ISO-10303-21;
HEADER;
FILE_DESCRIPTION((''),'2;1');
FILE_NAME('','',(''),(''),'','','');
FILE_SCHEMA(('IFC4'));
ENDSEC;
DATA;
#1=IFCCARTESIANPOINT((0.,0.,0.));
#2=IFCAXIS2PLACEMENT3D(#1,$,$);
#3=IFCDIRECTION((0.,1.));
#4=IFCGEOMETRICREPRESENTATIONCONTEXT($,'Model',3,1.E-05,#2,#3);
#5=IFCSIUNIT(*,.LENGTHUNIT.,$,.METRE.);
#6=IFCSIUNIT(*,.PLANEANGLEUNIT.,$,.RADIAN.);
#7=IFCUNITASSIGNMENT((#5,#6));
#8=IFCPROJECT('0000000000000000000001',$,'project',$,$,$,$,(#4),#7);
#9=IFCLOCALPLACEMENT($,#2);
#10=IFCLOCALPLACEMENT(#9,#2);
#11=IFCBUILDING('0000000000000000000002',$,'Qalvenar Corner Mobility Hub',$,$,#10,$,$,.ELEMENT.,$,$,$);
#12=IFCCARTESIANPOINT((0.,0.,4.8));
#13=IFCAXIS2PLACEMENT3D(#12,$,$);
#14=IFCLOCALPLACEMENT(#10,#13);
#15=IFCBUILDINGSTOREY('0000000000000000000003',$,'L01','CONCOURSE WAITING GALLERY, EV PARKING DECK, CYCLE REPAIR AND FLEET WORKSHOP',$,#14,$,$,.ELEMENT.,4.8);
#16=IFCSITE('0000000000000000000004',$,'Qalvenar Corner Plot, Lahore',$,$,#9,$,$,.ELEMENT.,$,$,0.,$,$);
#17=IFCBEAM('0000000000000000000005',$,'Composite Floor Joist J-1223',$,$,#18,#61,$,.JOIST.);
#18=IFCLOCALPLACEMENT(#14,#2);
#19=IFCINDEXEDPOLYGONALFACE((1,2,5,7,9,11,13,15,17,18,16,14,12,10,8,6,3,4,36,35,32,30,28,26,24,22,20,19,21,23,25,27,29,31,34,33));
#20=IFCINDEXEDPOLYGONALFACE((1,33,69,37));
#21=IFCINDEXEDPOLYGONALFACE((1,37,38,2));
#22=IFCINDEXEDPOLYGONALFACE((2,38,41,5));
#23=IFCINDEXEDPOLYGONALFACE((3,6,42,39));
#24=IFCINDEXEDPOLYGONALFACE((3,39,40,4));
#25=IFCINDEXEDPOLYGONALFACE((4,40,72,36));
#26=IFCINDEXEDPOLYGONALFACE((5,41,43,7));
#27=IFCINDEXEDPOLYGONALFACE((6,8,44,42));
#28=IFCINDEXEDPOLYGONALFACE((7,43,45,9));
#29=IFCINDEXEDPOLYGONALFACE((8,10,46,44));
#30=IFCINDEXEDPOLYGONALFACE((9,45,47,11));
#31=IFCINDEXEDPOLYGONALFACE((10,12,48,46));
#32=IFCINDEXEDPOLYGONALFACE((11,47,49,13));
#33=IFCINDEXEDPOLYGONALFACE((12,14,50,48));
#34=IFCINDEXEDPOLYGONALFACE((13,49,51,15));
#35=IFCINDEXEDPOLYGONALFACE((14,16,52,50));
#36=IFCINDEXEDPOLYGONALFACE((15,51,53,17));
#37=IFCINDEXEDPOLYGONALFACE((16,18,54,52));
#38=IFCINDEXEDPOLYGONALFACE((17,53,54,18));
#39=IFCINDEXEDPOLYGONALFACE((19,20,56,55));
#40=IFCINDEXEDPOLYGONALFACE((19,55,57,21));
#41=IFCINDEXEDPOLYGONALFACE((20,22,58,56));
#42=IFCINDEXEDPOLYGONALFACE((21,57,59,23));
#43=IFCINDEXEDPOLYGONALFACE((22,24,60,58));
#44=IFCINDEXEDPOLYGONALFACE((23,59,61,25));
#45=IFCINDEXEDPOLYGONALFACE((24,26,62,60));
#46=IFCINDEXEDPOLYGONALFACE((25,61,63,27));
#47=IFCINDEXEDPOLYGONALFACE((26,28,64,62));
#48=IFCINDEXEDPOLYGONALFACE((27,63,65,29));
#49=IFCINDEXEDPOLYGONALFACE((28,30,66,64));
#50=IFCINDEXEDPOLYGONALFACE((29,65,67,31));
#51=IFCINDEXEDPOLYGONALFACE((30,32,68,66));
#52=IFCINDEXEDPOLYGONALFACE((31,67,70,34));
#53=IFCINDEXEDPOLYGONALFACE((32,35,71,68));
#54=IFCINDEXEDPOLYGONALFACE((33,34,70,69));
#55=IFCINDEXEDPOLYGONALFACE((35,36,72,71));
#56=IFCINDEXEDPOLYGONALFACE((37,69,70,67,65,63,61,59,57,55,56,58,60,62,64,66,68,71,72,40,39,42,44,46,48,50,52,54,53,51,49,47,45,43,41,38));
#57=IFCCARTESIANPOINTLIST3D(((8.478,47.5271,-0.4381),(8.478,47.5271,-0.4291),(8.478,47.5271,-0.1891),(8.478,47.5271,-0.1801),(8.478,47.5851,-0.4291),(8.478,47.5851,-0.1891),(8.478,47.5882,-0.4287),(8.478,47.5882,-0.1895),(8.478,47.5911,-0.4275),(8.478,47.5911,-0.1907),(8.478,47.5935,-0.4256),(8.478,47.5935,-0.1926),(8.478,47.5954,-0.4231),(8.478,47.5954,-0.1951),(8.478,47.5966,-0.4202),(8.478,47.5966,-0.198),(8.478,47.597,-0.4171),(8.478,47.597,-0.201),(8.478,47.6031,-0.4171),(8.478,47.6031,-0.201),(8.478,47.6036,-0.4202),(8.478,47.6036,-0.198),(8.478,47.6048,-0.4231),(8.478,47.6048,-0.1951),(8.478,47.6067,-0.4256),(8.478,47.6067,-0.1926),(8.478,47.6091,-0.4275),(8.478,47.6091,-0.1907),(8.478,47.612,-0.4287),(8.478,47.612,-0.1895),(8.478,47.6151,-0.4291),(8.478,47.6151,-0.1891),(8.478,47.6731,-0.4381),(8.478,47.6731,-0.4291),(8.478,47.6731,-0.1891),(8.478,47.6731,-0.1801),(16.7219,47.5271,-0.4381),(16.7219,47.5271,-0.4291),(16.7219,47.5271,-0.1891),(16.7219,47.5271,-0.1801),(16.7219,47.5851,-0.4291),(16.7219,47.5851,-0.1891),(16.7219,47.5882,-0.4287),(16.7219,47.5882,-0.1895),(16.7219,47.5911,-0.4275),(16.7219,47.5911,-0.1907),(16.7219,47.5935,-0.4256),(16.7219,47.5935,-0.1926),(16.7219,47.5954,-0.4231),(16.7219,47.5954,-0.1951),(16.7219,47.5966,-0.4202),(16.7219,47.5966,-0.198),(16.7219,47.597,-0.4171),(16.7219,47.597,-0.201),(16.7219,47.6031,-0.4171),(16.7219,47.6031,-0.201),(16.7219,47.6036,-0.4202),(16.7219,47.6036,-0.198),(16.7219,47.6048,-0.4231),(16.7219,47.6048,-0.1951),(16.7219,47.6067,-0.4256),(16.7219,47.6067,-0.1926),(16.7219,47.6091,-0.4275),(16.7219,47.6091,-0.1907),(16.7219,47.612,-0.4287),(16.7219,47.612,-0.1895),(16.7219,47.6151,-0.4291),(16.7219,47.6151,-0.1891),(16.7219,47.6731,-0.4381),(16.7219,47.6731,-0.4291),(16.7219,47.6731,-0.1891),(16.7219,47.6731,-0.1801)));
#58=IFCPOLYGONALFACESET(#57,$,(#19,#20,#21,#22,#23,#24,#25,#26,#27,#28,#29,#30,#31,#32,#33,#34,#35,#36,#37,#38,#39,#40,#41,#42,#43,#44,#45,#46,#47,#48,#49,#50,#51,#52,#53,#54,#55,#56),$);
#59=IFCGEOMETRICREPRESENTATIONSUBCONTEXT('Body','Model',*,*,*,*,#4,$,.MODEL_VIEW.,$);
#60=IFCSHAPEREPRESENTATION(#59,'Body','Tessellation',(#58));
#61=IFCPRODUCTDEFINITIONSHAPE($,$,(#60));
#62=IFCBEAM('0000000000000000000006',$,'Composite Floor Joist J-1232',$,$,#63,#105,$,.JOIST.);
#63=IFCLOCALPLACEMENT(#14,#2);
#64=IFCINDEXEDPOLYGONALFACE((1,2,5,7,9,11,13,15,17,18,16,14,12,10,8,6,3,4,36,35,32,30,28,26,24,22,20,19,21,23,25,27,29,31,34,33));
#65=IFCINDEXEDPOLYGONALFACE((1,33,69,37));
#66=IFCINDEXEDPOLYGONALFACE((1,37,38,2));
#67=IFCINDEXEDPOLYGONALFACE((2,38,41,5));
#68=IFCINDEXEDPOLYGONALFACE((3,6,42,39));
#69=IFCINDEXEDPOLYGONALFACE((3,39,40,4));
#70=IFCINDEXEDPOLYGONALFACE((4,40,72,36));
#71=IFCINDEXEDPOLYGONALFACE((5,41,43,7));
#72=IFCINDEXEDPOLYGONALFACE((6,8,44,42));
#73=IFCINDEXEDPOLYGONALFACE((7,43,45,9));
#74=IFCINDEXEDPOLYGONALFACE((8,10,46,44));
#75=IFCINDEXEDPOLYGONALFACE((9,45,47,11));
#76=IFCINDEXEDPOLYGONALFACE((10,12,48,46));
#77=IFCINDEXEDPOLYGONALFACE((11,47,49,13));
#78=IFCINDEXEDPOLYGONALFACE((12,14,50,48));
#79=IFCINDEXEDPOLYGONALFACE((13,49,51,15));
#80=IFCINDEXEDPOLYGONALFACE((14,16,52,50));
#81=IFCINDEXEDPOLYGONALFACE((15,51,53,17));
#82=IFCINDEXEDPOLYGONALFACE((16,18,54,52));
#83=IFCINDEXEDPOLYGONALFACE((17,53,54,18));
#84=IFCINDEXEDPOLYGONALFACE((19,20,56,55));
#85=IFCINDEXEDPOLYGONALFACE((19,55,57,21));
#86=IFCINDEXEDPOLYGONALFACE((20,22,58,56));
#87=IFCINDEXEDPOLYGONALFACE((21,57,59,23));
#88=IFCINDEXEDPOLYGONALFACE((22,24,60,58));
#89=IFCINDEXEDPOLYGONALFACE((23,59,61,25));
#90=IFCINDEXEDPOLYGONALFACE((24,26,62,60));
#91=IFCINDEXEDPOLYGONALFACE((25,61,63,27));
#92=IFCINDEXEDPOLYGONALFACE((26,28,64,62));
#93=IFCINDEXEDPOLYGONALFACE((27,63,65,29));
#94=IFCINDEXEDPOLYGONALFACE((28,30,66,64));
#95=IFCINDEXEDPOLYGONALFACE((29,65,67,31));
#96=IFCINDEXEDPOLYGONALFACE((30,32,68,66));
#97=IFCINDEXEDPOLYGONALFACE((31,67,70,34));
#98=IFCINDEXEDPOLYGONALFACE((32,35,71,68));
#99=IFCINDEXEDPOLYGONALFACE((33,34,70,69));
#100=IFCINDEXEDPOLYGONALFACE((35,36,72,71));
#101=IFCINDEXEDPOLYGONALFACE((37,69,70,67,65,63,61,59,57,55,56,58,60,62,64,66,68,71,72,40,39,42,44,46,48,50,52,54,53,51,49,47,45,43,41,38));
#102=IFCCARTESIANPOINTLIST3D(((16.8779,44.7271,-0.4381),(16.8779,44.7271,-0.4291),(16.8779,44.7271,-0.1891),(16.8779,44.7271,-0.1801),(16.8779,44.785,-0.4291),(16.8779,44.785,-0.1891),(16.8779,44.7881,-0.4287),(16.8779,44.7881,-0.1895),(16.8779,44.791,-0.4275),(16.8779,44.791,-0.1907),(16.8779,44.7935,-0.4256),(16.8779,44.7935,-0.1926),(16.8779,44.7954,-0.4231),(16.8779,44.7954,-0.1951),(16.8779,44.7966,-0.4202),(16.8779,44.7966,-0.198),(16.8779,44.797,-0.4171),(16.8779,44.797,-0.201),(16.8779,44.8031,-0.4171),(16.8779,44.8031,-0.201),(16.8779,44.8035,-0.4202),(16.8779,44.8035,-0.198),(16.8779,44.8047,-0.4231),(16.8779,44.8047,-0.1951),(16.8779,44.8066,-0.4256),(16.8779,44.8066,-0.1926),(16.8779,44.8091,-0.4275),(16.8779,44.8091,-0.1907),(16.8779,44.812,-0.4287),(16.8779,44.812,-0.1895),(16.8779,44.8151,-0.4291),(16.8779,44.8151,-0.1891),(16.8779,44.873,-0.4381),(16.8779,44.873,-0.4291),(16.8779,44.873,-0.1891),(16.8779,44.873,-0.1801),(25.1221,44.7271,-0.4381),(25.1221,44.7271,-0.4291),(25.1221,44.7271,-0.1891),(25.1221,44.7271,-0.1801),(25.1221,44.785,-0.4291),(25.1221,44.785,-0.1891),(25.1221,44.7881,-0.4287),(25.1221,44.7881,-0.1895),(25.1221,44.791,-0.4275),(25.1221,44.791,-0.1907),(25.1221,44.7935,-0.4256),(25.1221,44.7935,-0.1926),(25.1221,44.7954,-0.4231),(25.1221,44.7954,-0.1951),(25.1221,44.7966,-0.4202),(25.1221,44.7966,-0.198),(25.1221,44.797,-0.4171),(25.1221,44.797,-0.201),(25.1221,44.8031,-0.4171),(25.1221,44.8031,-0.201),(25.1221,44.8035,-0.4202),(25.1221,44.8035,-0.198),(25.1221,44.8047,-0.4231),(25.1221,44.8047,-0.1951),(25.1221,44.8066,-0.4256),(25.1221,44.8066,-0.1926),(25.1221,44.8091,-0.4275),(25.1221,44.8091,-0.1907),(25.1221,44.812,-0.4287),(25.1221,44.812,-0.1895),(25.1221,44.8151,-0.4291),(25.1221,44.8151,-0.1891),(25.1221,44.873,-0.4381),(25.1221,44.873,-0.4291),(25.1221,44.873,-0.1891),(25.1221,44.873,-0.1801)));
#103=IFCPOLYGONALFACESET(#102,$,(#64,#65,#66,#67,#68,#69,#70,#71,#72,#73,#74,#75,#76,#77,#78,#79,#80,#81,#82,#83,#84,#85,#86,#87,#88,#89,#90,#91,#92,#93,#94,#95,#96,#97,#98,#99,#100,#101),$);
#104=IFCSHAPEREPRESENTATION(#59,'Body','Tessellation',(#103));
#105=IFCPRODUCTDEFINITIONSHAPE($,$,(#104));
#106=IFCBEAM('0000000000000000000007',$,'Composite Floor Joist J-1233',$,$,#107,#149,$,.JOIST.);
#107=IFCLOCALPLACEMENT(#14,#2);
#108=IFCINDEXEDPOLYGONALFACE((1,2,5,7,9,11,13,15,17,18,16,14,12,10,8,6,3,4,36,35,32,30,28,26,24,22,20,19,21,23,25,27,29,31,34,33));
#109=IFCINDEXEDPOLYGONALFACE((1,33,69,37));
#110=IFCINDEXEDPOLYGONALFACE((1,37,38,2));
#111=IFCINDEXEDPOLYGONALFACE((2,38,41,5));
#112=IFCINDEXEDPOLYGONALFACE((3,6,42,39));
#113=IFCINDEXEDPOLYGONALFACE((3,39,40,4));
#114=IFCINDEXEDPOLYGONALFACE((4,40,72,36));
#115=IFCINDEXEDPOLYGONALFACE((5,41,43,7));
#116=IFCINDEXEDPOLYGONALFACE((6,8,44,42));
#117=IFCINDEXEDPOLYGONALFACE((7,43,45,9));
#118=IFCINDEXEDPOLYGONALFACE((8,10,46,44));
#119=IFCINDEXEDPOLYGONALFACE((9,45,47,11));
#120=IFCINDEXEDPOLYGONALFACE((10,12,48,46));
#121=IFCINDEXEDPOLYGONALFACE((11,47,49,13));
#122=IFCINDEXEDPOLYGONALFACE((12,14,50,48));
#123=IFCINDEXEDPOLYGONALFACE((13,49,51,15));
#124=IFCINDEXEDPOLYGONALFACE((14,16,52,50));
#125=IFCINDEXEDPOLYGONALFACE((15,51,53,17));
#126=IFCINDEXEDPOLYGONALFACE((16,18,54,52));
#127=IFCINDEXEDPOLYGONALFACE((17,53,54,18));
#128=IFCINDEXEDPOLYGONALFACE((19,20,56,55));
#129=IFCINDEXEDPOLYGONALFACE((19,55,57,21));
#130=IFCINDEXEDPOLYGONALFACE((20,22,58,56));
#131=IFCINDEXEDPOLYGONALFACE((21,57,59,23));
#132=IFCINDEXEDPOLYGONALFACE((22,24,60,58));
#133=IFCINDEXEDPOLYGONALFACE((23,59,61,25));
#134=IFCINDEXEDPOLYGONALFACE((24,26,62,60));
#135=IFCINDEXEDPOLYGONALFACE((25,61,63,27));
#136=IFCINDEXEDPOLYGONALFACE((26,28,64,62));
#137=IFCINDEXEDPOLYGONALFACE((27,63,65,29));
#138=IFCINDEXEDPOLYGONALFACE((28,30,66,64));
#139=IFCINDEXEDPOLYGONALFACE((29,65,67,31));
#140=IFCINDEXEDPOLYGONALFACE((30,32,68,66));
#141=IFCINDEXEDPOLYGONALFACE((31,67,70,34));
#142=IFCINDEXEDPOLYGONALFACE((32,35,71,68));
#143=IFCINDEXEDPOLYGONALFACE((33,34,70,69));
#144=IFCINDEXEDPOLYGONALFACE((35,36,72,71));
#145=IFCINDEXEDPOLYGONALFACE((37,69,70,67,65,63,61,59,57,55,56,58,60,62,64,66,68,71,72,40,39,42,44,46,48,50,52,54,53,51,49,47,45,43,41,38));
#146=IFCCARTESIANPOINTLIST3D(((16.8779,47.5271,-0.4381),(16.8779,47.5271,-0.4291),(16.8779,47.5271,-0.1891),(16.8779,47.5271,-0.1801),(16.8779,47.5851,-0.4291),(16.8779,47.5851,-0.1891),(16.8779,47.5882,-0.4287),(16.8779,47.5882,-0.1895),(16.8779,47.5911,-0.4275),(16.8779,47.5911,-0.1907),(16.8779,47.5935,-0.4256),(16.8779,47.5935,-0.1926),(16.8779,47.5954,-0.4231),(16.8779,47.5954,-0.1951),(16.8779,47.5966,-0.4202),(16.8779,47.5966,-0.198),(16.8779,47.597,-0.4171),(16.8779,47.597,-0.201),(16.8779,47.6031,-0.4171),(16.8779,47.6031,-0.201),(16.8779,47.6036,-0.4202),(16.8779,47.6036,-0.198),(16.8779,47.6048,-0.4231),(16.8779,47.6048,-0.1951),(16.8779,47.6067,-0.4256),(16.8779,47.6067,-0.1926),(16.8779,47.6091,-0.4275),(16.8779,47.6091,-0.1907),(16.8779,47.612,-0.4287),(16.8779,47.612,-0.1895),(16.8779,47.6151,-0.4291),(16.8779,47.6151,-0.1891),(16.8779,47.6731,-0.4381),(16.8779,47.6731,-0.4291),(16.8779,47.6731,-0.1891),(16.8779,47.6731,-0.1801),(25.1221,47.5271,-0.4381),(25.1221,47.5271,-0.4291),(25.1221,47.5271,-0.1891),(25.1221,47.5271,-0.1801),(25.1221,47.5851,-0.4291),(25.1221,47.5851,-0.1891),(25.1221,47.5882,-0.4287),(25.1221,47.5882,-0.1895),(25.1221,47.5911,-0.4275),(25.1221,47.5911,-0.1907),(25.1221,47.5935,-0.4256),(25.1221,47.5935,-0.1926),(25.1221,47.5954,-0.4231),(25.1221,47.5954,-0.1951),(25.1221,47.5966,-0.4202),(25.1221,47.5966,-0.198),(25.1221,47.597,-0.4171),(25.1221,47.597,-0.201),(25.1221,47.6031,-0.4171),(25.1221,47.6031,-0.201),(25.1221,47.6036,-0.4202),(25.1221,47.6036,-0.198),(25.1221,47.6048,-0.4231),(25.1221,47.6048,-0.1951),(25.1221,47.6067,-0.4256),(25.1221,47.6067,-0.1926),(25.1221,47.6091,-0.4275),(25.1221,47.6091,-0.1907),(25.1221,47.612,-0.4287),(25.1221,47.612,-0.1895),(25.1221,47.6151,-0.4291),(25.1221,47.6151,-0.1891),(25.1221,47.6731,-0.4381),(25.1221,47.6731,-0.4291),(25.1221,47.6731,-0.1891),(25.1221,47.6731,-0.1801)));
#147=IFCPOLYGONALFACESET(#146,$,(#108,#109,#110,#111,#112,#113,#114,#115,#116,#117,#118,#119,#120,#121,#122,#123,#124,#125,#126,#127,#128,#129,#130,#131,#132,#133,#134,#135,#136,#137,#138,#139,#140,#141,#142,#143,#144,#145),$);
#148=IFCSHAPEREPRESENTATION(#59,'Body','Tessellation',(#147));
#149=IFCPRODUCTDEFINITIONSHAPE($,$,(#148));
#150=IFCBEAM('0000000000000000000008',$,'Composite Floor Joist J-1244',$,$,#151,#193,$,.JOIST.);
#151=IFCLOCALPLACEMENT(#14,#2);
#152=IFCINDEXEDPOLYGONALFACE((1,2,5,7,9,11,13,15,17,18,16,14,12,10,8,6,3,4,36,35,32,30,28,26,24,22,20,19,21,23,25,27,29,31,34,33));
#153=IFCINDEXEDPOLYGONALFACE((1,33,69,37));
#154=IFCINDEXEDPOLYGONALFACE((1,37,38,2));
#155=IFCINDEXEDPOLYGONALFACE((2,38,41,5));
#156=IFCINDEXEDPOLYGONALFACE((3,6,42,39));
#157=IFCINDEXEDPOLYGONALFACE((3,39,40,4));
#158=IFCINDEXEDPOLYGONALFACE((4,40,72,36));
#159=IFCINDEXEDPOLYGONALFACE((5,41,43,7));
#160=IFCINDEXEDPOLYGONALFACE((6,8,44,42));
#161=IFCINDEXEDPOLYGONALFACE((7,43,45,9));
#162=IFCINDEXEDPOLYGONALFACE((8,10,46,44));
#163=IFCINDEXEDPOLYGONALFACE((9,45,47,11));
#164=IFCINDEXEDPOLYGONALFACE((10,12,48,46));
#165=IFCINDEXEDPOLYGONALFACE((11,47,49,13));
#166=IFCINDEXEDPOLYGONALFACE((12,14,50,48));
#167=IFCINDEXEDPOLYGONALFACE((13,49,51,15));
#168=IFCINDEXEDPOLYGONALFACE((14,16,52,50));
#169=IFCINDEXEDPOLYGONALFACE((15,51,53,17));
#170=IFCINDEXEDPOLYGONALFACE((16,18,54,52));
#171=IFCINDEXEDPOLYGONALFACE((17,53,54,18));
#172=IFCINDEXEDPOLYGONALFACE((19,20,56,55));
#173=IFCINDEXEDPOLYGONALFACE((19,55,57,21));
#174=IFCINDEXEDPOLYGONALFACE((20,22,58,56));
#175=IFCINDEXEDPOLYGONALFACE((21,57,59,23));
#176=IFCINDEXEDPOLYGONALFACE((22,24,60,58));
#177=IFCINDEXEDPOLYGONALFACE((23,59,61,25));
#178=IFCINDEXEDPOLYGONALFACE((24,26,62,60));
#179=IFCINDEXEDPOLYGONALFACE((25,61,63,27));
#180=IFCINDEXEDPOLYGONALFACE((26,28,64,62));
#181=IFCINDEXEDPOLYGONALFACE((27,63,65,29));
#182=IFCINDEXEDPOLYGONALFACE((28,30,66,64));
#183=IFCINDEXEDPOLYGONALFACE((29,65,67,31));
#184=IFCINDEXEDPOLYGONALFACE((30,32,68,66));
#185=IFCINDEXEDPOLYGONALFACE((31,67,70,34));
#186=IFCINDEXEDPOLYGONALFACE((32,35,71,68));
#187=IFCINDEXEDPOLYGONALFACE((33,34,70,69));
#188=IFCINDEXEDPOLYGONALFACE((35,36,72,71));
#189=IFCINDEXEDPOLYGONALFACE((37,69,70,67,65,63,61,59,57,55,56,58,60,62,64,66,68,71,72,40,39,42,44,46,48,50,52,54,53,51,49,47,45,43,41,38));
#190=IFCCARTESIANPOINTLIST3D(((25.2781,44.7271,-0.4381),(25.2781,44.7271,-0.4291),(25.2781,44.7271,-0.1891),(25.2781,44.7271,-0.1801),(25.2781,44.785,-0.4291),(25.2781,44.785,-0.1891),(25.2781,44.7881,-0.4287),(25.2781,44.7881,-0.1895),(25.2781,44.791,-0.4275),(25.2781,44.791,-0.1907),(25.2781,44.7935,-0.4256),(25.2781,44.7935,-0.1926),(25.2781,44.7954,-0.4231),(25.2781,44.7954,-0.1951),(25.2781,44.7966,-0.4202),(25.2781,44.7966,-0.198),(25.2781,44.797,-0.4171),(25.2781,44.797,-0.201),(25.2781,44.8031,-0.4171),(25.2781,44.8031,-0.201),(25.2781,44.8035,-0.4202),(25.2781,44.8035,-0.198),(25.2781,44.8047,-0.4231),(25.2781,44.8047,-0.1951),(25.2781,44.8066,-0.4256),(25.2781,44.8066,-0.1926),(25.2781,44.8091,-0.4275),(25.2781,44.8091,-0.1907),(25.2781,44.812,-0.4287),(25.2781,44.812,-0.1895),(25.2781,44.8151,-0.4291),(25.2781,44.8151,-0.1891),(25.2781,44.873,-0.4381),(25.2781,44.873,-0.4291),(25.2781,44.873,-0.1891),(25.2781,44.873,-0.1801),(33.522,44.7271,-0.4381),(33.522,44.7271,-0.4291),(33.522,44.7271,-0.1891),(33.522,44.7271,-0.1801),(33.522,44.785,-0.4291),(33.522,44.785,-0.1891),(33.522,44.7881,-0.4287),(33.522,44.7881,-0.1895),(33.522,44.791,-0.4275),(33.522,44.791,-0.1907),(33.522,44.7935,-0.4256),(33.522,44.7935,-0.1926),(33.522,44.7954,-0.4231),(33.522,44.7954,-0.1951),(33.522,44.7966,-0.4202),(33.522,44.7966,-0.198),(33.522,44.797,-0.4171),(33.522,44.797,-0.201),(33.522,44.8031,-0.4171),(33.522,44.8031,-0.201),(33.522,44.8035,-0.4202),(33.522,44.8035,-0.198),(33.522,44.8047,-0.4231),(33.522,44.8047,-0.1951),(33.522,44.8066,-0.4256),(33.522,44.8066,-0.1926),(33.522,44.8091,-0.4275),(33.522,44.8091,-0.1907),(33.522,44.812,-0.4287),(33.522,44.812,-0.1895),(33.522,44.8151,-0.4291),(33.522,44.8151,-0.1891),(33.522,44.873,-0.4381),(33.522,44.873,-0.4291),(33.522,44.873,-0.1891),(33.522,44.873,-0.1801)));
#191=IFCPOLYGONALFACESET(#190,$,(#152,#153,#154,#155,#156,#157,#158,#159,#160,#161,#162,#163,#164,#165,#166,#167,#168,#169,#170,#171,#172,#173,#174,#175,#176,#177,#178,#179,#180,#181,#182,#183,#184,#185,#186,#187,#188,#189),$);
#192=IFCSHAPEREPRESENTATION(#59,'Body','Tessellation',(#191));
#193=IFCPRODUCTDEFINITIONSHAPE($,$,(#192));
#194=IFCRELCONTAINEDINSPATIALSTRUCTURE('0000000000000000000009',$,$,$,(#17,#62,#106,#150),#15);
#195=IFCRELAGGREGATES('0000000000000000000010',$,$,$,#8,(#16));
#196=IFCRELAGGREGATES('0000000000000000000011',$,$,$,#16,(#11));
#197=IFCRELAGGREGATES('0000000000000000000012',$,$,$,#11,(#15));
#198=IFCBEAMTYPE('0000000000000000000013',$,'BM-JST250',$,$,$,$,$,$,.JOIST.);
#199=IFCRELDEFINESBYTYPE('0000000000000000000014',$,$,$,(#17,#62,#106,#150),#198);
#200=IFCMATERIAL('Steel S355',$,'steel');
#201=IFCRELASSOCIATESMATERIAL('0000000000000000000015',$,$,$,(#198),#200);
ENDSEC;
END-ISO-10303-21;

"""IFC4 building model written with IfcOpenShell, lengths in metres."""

from ifc_helpers import new_model, si_unit, direction, frame, origin, origin_2d, place, context, subcontext, project, spatial, i_section, extrude, material, material_profile, profile_set, type_object, element, save


model = new_model("IFC4")

# Units and contexts
model_context = context("Model", 3, precision=1e-05, world=origin(), true_north=direction((0.0, 1.0)))
body_context = subcontext(model_context, "Body", "Model", "MODEL_VIEW")
ifc_project = project(units=[si_unit("LENGTHUNIT", "METRE"), si_unit("PLANEANGLEUNIT", "RADIAN")], contexts=[model_context])

# Site, building, storey
site_placement = place(None, origin())
site = spatial("IfcSite", under=ifc_project, at=site_placement, Name="Qalvenar Corner Plot, Lahore", CompositionType="ELEMENT", RefElevation=0.0)
building_placement = place(site_placement, origin())
building = spatial("IfcBuilding", under=site, at=building_placement, Name="Qalvenar Corner Mobility Hub", CompositionType="ELEMENT")
storey_placement = place(building_placement, frame((0.0, 0.0, 4.8)))
storey = spatial("IfcBuildingStorey", under=building, at=storey_placement, Name="L01", Description="CONCOURSE WAITING GALLERY, EV PARKING DECK, CYCLE REPAIR AND FLEET WORKSHOP", CompositionType="ELEMENT", Elevation=4.8)

# Shared definitions
ifc_material_1 = material(Name="Steel S355", Category="steel")

# Beams
ifc_material_profile_1 = material_profile(ifc_material_1, i_section(OverallWidth=0.146, OverallDepth=0.2581, WebThickness=0.0061, FlangeThickness=0.009, FilletRadius=0.012, at=origin_2d()), Name="W250x32.7")
ifc_profile_set_1 = profile_set([ifc_material_profile_1], Name="Steel S355")
beam_type_1 = type_object("IfcBeamType", Name="BM-JST250", PredefinedType="JOIST", material=ifc_profile_set_1)
for number, where, z_axis, x_axis, name in (
    (1, (8.478, 47.6001, -0.3091), (1.0, 0.0, 0.0), (0.0, 1.0, 0.0), "Composite Floor Joist J-1223"),
):
    element("IfcBeam", number, at=place(storey_placement, frame(where, z_axis=z_axis, x_axis=x_axis)), inside=storey, type_object=beam_type_1, Name=name, PredefinedType="JOIST", context=body_context, shape_type="SweptSolid", body=[
        extrude(i_section(OverallWidth=0.146, OverallDepth=0.2581, WebThickness=0.0061, FlangeThickness=0.009, FilletRadius=0.012, at=origin_2d()), origin(), (0.0, 0.0, 1.0), 8.2439),
    ])
for number, where, z_axis, x_axis, name in (
    (2, (16.8779, 44.8, -0.3091), (1.0, 0.0, 0.0), (0.0, 1.0, 0.0), "Composite Floor Joist J-1232"),
    (3, (16.8779, 47.6001, -0.3091), (1.0, 0.0, 0.0), (0.0, 1.0, 0.0), "Composite Floor Joist J-1233"),
):
    element("IfcBeam", number, at=place(storey_placement, frame(where, z_axis=z_axis, x_axis=x_axis)), inside=storey, type_object=beam_type_1, Name=name, PredefinedType="JOIST", context=body_context, shape_type="SweptSolid", body=[
        extrude(i_section(OverallWidth=0.146, OverallDepth=0.2581, WebThickness=0.0061, FlangeThickness=0.009, FilletRadius=0.012, at=origin_2d()), origin(), (0.0, 0.0, 1.0), 8.2441),
    ])
for number, where, z_axis, x_axis, name in (
    (4, (25.2781, 44.8, -0.3091), (1.0, 0.0, 0.0), (0.0, 1.0, 0.0), "Composite Floor Joist J-1244"),
):
    element("IfcBeam", number, at=place(storey_placement, frame(where, z_axis=z_axis, x_axis=x_axis)), inside=storey, type_object=beam_type_1, Name=name, PredefinedType="JOIST", context=body_context, shape_type="SweptSolid", body=[
        extrude(i_section(OverallWidth=0.146, OverallDepth=0.2581, WebThickness=0.0061, FlangeThickness=0.009, FilletRadius=0.012, at=origin_2d()), origin(), (0.0, 0.0, 1.0), 8.2439),
    ])

save(model, "model.ifc")
